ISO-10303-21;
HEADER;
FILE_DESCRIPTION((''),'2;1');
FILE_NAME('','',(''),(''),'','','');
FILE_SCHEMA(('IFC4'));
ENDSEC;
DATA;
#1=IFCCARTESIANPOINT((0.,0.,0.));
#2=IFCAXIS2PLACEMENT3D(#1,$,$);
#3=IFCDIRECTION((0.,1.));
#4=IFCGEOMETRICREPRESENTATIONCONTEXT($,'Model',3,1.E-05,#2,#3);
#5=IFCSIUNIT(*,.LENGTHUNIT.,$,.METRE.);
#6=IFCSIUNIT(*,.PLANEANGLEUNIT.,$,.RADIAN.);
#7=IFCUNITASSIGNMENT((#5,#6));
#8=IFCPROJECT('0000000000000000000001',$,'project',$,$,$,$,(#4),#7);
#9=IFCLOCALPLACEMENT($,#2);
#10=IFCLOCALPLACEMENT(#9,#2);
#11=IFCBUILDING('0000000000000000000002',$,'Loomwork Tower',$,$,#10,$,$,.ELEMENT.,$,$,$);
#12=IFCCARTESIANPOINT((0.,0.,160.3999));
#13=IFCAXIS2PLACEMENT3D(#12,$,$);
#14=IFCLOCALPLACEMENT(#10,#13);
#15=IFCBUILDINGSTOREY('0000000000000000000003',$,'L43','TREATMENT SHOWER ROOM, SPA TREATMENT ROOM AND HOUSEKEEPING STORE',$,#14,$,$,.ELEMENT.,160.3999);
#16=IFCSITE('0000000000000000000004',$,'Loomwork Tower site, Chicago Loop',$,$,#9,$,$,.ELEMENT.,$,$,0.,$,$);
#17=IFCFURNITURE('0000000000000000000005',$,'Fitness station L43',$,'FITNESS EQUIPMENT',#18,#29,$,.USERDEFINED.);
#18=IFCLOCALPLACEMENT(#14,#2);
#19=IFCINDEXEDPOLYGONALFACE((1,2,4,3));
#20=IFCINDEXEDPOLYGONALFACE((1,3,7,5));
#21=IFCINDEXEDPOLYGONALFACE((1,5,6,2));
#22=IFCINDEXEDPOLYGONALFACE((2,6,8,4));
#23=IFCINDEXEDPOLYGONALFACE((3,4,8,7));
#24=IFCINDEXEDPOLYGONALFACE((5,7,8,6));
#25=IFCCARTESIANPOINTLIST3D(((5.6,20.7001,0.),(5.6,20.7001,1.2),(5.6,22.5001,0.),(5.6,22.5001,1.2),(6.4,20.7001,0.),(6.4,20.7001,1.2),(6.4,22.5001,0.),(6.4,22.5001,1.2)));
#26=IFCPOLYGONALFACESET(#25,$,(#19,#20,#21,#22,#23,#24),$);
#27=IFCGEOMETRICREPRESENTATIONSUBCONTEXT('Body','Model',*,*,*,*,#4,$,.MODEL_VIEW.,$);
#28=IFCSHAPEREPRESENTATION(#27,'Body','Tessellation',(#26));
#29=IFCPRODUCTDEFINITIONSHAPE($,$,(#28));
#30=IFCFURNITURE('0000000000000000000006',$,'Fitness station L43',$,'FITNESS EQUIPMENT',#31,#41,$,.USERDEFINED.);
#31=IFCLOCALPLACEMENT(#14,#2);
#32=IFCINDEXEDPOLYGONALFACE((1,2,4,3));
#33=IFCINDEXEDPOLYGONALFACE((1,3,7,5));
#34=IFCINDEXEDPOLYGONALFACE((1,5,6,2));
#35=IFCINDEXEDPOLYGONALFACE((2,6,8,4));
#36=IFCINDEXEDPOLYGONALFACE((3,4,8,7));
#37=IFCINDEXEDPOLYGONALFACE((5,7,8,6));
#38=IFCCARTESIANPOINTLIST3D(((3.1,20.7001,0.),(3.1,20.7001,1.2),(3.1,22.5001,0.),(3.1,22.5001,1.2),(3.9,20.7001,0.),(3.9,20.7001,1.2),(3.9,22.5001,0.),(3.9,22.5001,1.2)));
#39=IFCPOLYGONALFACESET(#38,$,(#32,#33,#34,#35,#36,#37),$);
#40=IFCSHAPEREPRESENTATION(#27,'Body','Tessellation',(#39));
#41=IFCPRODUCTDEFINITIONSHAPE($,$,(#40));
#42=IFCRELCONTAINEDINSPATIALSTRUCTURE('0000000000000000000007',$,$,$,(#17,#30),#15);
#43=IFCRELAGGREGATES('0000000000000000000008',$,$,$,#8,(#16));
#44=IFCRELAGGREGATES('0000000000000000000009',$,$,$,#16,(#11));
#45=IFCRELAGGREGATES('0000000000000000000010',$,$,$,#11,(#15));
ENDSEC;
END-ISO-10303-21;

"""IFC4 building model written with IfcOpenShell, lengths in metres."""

from ifc_helpers import new_model, si_unit, direction, frame, origin, origin_2d, place, context, subcontext, project, spatial, rectangle, extrude, element, save


model = new_model("IFC4")

# Units and contexts
model_context = context("Model", 3, precision=1e-05, world=origin(), true_north=direction((0.0, 1.0)))
body_context = subcontext(model_context, "Body", "Model", "MODEL_VIEW")
ifc_project = project(units=[si_unit("LENGTHUNIT", "METRE"), si_unit("PLANEANGLEUNIT", "RADIAN")], contexts=[model_context])

# Site, building, storey
site_placement = place(None, origin())
site = spatial("IfcSite", under=ifc_project, at=site_placement, Name="Loomwork Tower site, Chicago Loop", CompositionType="ELEMENT", RefElevation=0.0)
building_placement = place(site_placement, origin())
building = spatial("IfcBuilding", under=site, at=building_placement, Name="Loomwork Tower", CompositionType="ELEMENT")
storey_placement = place(building_placement, frame((0.0, 0.0, 160.3999)))
storey = spatial("IfcBuildingStorey", under=building, at=storey_placement, Name="L43", Description="TREATMENT SHOWER ROOM, SPA TREATMENT ROOM AND HOUSEKEEPING STORE", CompositionType="ELEMENT", Elevation=160.3999)

# Furniture
for number, where, z_axis, x_axis, name in (
    (1, (6.0, 21.6001, 0.0), (0.0, 0.0, 1.0), (1.0, 0.0, 0.0), "Fitness station L43"),
    (2, (3.5, 21.6001, 0.0), (0.0, 0.0, 1.0), (1.0, 0.0, 0.0), "Fitness station L43"),
):
    element("IfcFurniture", number, at=place(storey_placement, frame(where, z_axis=z_axis, x_axis=x_axis)), inside=storey, Name=name, ObjectType="FITNESS EQUIPMENT", PredefinedType="USERDEFINED", context=body_context, shape_type="SweptSolid", body=[
        extrude(rectangle(XDim=0.8, YDim=1.8, at=origin_2d()), origin(), (0.0, 0.0, 1.0), 1.2),
    ])

save(model, "model.ifc")
